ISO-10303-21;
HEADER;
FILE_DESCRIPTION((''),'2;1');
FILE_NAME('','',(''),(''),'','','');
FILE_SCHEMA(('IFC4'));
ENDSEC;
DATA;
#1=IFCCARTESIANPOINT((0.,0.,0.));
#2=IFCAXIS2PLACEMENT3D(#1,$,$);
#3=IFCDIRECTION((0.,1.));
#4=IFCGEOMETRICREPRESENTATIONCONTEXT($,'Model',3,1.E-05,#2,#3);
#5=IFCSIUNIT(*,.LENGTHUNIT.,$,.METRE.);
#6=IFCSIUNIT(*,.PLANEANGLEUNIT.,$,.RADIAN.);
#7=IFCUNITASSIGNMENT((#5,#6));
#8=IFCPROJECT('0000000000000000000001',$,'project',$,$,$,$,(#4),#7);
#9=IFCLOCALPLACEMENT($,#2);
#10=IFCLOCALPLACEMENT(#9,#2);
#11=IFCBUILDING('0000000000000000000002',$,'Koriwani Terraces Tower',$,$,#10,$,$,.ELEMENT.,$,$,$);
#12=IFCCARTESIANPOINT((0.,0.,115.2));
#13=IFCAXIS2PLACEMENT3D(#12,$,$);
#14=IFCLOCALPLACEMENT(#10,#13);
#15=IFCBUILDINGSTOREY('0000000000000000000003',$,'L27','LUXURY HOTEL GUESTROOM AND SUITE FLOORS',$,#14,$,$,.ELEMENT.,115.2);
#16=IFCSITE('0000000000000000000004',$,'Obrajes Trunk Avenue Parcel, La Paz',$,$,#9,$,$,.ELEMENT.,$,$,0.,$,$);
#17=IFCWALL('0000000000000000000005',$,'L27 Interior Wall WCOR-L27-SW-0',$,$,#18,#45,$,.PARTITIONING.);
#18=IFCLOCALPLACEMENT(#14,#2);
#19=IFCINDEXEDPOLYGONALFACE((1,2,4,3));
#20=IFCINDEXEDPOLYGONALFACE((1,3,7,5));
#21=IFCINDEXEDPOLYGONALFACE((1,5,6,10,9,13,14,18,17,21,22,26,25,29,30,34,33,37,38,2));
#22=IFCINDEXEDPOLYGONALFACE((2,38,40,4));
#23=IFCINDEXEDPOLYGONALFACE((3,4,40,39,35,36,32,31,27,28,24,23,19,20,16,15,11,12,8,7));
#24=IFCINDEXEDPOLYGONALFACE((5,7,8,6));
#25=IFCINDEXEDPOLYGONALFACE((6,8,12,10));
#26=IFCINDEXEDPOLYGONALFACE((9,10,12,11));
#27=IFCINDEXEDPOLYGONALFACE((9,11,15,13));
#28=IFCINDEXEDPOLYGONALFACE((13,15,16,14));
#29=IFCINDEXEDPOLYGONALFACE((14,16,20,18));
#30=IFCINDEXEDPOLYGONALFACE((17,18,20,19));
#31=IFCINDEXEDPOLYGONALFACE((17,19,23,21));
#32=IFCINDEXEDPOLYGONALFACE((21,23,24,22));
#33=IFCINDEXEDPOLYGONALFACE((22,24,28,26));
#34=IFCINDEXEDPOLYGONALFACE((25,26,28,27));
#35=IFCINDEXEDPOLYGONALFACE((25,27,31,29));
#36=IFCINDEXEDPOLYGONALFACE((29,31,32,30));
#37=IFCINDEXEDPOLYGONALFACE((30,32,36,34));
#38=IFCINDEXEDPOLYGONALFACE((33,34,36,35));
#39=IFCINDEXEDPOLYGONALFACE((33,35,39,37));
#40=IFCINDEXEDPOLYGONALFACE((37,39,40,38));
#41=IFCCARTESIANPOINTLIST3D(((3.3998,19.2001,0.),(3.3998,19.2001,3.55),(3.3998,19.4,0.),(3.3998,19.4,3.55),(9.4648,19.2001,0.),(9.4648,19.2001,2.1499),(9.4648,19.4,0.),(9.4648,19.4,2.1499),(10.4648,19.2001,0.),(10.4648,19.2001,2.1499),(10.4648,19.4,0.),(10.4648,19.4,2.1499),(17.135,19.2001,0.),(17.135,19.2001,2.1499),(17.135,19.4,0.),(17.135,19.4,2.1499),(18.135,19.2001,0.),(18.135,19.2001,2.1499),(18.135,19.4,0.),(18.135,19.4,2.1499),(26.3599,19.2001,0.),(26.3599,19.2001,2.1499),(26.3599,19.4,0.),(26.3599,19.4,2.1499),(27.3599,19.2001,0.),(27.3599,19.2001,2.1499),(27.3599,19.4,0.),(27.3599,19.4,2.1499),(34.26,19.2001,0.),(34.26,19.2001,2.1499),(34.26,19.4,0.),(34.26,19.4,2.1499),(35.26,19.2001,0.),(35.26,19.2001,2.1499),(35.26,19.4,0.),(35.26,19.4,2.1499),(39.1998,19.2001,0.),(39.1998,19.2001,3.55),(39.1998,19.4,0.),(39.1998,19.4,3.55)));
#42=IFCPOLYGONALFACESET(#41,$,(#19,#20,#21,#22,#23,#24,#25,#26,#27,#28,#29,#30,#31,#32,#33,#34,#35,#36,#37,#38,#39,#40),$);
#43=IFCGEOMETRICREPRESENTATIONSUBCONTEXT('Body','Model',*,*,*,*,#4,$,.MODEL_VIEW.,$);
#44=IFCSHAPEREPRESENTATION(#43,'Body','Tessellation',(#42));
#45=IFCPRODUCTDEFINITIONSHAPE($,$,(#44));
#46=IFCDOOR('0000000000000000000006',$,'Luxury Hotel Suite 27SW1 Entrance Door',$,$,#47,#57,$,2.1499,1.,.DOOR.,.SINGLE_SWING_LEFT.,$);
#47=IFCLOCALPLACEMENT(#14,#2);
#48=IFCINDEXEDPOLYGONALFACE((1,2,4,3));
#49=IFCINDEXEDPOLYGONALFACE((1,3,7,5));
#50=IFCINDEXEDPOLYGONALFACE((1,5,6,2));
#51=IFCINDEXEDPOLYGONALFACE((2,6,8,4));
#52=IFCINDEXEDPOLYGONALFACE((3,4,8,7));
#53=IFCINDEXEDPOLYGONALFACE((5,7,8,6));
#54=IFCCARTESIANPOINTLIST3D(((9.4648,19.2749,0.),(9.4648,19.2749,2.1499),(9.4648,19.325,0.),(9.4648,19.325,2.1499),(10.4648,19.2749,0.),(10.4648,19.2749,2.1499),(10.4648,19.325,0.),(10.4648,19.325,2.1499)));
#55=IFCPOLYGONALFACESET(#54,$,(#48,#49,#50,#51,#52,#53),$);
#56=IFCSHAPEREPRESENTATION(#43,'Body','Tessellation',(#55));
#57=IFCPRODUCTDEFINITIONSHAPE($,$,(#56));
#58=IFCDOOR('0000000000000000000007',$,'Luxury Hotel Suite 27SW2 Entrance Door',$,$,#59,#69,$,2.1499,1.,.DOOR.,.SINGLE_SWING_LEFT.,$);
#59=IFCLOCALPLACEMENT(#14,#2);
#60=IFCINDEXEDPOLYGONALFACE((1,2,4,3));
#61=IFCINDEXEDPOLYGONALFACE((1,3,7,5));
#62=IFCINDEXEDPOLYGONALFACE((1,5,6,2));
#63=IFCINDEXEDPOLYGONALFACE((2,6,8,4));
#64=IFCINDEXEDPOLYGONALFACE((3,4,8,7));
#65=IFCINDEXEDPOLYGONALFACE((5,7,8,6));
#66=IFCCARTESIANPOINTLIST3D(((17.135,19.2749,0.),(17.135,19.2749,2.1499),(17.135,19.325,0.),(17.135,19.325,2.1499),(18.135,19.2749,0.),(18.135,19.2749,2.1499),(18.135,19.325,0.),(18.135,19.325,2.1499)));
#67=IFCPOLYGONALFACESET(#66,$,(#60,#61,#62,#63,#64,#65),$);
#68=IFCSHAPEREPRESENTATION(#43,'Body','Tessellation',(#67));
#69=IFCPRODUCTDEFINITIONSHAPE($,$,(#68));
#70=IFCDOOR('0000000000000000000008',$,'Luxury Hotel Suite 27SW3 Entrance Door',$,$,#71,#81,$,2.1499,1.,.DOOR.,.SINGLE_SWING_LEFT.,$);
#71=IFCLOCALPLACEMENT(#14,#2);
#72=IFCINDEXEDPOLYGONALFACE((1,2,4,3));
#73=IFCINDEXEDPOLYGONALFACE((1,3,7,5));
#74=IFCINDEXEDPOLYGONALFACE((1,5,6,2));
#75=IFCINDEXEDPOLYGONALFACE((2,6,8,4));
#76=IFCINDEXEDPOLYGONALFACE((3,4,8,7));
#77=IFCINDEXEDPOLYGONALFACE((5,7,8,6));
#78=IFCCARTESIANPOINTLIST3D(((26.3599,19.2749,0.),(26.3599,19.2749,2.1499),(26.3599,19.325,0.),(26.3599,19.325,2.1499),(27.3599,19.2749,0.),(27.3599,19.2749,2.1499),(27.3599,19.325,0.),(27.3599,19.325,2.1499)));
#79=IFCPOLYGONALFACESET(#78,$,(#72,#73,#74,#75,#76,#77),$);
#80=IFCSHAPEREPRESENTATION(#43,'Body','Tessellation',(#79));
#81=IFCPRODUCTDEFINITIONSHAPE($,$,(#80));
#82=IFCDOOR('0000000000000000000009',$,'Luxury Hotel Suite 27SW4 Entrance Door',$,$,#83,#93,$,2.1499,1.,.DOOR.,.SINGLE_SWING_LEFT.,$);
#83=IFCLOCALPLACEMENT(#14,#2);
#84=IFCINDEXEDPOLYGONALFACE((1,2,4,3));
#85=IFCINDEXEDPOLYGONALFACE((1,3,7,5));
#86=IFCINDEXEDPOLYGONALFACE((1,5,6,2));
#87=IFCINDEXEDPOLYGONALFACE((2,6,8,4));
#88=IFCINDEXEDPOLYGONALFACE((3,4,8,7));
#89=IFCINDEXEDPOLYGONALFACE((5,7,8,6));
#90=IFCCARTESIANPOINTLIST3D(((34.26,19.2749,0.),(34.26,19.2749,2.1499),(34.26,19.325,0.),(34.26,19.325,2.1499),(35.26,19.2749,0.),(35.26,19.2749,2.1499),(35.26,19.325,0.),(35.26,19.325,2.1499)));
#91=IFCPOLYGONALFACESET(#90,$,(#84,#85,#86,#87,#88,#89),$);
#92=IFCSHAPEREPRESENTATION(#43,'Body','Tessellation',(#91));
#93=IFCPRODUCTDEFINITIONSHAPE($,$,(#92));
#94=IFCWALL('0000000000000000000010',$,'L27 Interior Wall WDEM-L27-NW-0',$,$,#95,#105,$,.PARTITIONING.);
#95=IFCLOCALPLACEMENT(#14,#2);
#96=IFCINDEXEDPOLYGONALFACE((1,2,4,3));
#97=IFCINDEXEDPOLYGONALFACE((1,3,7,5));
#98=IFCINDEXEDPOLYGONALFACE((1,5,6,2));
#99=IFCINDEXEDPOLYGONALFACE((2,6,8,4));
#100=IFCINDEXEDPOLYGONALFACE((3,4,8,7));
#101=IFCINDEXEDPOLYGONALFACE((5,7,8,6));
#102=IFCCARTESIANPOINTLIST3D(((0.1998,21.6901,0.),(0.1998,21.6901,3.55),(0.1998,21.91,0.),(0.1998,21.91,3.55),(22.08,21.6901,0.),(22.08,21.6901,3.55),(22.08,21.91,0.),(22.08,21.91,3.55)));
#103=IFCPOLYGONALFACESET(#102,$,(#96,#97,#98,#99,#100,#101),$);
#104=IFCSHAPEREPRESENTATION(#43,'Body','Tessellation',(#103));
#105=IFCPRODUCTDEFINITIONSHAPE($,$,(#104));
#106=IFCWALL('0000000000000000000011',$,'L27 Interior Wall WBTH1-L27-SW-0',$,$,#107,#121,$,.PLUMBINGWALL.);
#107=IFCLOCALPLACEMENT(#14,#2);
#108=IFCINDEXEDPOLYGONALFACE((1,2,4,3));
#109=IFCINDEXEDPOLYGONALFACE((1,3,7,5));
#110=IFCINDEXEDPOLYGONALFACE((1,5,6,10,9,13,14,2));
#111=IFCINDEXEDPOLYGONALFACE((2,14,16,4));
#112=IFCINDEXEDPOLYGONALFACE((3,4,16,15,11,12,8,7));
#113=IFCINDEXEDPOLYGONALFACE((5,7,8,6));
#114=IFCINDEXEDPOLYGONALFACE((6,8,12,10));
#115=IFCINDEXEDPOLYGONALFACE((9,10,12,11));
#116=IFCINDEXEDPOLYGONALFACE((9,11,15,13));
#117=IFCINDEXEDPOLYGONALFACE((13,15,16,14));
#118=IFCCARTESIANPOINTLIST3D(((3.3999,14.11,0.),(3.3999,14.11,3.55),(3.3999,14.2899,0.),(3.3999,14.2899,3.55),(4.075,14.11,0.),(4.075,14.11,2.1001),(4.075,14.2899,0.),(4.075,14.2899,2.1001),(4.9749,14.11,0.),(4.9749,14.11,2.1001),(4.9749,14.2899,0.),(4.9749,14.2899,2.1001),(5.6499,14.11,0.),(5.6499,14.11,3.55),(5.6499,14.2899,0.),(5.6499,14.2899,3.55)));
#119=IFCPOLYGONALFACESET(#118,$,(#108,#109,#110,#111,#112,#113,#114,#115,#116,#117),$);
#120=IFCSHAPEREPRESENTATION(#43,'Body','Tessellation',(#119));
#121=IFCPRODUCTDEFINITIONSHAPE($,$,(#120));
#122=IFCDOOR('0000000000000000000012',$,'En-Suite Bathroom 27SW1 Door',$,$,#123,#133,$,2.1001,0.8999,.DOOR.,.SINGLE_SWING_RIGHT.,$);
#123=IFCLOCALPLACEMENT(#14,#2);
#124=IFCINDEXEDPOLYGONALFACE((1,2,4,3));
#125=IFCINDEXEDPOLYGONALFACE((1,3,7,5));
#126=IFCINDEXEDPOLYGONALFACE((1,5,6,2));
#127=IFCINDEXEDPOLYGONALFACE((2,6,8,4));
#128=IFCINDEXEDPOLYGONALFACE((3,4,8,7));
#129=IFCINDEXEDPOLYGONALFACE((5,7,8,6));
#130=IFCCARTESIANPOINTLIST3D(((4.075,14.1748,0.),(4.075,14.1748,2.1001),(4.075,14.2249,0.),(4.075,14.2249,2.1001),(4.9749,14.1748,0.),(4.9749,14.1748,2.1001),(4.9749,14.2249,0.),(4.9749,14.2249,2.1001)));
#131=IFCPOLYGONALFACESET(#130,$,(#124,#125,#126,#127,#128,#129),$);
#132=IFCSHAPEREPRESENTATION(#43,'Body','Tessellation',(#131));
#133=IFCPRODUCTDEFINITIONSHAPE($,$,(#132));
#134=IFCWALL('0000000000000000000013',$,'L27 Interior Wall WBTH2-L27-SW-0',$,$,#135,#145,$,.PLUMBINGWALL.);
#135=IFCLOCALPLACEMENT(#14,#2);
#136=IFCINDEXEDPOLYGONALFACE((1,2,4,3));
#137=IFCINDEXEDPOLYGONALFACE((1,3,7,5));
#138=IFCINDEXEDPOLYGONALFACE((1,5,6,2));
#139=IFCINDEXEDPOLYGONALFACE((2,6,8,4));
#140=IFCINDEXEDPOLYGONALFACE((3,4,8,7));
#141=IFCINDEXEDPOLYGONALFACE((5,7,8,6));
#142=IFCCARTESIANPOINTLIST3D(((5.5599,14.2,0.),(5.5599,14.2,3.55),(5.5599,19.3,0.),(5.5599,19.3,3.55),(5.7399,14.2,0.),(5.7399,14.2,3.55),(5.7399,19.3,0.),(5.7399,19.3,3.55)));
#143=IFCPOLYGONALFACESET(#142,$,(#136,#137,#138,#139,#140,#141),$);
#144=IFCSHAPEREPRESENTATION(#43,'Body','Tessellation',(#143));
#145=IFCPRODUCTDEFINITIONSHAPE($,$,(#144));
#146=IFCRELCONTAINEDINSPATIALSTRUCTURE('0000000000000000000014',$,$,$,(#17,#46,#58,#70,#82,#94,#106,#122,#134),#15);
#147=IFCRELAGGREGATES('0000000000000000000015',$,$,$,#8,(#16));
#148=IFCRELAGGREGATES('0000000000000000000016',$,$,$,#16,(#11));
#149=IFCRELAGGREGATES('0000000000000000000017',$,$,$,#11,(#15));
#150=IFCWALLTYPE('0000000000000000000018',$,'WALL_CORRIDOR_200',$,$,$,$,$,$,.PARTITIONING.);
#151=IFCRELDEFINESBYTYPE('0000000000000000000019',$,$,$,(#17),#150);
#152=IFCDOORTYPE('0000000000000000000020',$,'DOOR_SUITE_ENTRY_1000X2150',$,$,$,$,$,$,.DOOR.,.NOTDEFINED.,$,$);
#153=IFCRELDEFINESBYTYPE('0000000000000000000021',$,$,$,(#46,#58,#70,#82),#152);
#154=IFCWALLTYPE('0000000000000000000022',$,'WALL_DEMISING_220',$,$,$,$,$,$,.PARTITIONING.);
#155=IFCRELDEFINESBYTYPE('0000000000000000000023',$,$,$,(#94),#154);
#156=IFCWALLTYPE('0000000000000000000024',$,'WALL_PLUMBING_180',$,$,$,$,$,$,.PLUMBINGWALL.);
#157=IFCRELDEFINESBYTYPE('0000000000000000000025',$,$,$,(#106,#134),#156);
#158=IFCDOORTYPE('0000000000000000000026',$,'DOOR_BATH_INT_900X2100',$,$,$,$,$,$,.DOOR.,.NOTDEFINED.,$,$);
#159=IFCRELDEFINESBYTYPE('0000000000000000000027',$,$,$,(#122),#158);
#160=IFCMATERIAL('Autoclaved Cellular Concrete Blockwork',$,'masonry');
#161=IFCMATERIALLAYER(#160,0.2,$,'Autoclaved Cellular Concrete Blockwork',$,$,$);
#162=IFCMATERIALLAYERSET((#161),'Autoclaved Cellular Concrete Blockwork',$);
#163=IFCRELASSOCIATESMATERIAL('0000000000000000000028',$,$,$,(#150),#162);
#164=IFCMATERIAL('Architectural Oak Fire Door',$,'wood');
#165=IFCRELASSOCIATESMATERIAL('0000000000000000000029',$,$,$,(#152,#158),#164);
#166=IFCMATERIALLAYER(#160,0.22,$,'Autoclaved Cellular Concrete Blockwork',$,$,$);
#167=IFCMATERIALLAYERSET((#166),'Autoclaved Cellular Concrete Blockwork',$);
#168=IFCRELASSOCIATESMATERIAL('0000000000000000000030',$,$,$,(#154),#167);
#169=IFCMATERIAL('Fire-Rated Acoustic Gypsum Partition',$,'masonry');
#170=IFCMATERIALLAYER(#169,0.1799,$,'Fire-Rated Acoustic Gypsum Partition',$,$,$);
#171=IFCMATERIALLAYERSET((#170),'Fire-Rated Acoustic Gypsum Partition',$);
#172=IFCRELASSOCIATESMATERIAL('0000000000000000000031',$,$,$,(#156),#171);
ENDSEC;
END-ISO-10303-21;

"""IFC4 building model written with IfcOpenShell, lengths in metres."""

from ifc_helpers import new_model, si_unit, direction, frame, frame_2d, origin, place, context, subcontext, project, spatial, rectangle, extrude, material, layer, layer_set, type_object, element, fill, save


model = new_model("IFC4")

# Units and contexts
model_context = context("Model", 3, precision=1e-05, world=origin(), true_north=direction((0.0, 1.0)))
body_context = subcontext(model_context, "Body", "Model", "MODEL_VIEW")
ifc_project = project(units=[si_unit("LENGTHUNIT", "METRE"), si_unit("PLANEANGLEUNIT", "RADIAN")], contexts=[model_context])

# Site, building, storey
site_placement = place(None, origin())
site = spatial("IfcSite", under=ifc_project, at=site_placement, Name="Obrajes Trunk Avenue Parcel, La Paz", CompositionType="ELEMENT", RefElevation=0.0)
building_placement = place(site_placement, origin())
building = spatial("IfcBuilding", under=site, at=building_placement, Name="Koriwani Terraces Tower", CompositionType="ELEMENT")
storey_placement = place(building_placement, frame((0.0, 0.0, 115.2)))
storey = spatial("IfcBuildingStorey", under=building, at=storey_placement, Name="L27", Description="LUXURY HOTEL GUESTROOM AND SUITE FLOORS", CompositionType="ELEMENT", Elevation=115.2)

# Wall, openings, doors
ifc_material_1 = material(Name="Autoclaved Cellular Concrete Blockwork", Category="masonry")
ifc_layer_1 = layer(ifc_material_1, 0.2, Name="Autoclaved Cellular Concrete Blockwork")
ifc_layer_set_1 = layer_set([ifc_layer_1], Name="Autoclaved Cellular Concrete Blockwork")
wall_type_1 = type_object("IfcWallType", Name="WALL_CORRIDOR_200", PredefinedType="PARTITIONING", material=ifc_layer_set_1)
wall_1_placement = place(storey_placement, frame((3.3999, 19.3, 0.0), z_axis=(0.0, 0.0, 1.0), x_axis=(1.0, 0.0, 0.0)))
wall_1 = element("IfcWall", 1, at=wall_1_placement, inside=storey, type_object=wall_type_1, Name="L27 Interior Wall WCOR-L27-SW-0", PredefinedType="PARTITIONING", context=body_context, shape_type="SweptSolid", body=[
    extrude(rectangle(XDim=35.8, YDim=0.2, at=frame_2d((17.8999, 0.0))), origin(), (0.0, 0.0, 1.0), 3.55),
])
opening_1_placement = place(wall_1_placement, frame((6.0649, 0.0, 0.0)))
opening_1 = element("IfcOpeningElement", 2, at=opening_1_placement, cuts=wall_1, PredefinedType="OPENING", context=body_context, shape_type="SweptSolid", body=[
    extrude(rectangle(XDim=1.0, YDim=2.1499, at=frame_2d((0.5, 1.075))), frame((0.0, 0.1099, 0.0), z_axis=(0.0, -1.0, 0.0), x_axis=(1.0, 0.0, 0.0)), (0.0, 0.0, 1.0), 0.22),
])
opening_2_placement = place(wall_1_placement, frame((13.7351, 0.0, 0.0)))
opening_2 = element("IfcOpeningElement", 3, at=opening_2_placement, cuts=wall_1, PredefinedType="OPENING", context=body_context, shape_type="SweptSolid", body=[
    extrude(rectangle(XDim=1.0, YDim=2.1499, at=frame_2d((0.5, 1.075))), frame((0.0, 0.1099, 0.0), z_axis=(0.0, -1.0, 0.0), x_axis=(1.0, 0.0, 0.0)), (0.0, 0.0, 1.0), 0.22),
])
opening_3_placement = place(wall_1_placement, frame((22.96, 0.0, 0.0)))
opening_3 = element("IfcOpeningElement", 4, at=opening_3_placement, cuts=wall_1, PredefinedType="OPENING", context=body_context, shape_type="SweptSolid", body=[
    extrude(rectangle(XDim=1.0, YDim=2.1499, at=frame_2d((0.5, 1.075))), frame((0.0, 0.1099, 0.0), z_axis=(0.0, -1.0, 0.0), x_axis=(1.0, 0.0, 0.0)), (0.0, 0.0, 1.0), 0.22),
])
opening_4_placement = place(wall_1_placement, frame((30.8601, 0.0, 0.0)))
opening_4 = element("IfcOpeningElement", 5, at=opening_4_placement, cuts=wall_1, PredefinedType="OPENING", context=body_context, shape_type="SweptSolid", body=[
    extrude(rectangle(XDim=1.0, YDim=2.1499, at=frame_2d((0.5, 1.075))), frame((0.0, 0.1099, 0.0), z_axis=(0.0, -1.0, 0.0), x_axis=(1.0, 0.0, 0.0)), (0.0, 0.0, 1.0), 0.22),
])
ifc_material_2 = material(Name="Architectural Oak Fire Door", Category="wood")
door_type_1 = type_object("IfcDoorType", Name="DOOR_SUITE_ENTRY_1000X2150", OperationType="NOTDEFINED", PredefinedType="DOOR", material=ifc_material_2)
door_1_placement = place(opening_1_placement, origin())
door_1 = element("IfcDoor", 6, at=door_1_placement, inside=storey, type_object=door_type_1, Name="Luxury Hotel Suite 27SW1 Entrance Door", OperationType="SINGLE_SWING_LEFT", OverallHeight=2.1499, OverallWidth=1.0, PredefinedType="DOOR", context=body_context, shape_type="SweptSolid", body=[
    extrude(rectangle(XDim=1.0, YDim=2.1499, at=frame_2d((0.5, 1.075))), frame((0.0, 0.0249, 0.0), z_axis=(0.0, -1.0, 0.0), x_axis=(1.0, 0.0, 0.0)), (0.0, 0.0, 1.0), 0.05),
])
fill(opening_1, door_1)
door_2_placement = place(opening_2_placement, origin())
door_2 = element("IfcDoor", 7, at=door_2_placement, inside=storey, type_object=door_type_1, Name="Luxury Hotel Suite 27SW2 Entrance Door", OperationType="SINGLE_SWING_LEFT", OverallHeight=2.1499, OverallWidth=1.0, PredefinedType="DOOR", context=body_context, shape_type="SweptSolid", body=[
    extrude(rectangle(XDim=1.0, YDim=2.1499, at=frame_2d((0.5, 1.075))), frame((0.0, 0.0249, 0.0), z_axis=(0.0, -1.0, 0.0), x_axis=(1.0, 0.0, 0.0)), (0.0, 0.0, 1.0), 0.05),
])
fill(opening_2, door_2)
door_3_placement = place(opening_3_placement, origin())
door_3 = element("IfcDoor", 8, at=door_3_placement, inside=storey, type_object=door_type_1, Name="Luxury Hotel Suite 27SW3 Entrance Door", OperationType="SINGLE_SWING_LEFT", OverallHeight=2.1499, OverallWidth=1.0, PredefinedType="DOOR", context=body_context, shape_type="SweptSolid", body=[
    extrude(rectangle(XDim=1.0, YDim=2.1499, at=frame_2d((0.5, 1.075))), frame((0.0, 0.0249, 0.0), z_axis=(0.0, -1.0, 0.0), x_axis=(1.0, 0.0, 0.0)), (0.0, 0.0, 1.0), 0.05),
])
fill(opening_3, door_3)
door_4_placement = place(opening_4_placement, origin())
door_4 = element("IfcDoor", 9, at=door_4_placement, inside=storey, type_object=door_type_1, Name="Luxury Hotel Suite 27SW4 Entrance Door", OperationType="SINGLE_SWING_LEFT", OverallHeight=2.1499, OverallWidth=1.0, PredefinedType="DOOR", context=body_context, shape_type="SweptSolid", body=[
    extrude(rectangle(XDim=1.0, YDim=2.1499, at=frame_2d((0.5, 1.075))), frame((0.0, 0.0249, 0.0), z_axis=(0.0, -1.0, 0.0), x_axis=(1.0, 0.0, 0.0)), (0.0, 0.0, 1.0), 0.05),
])
fill(opening_4, door_4)

# Wall
ifc_layer_2 = layer(ifc_material_1, 0.22, Name="Autoclaved Cellular Concrete Blockwork")
ifc_layer_set_2 = layer_set([ifc_layer_2], Name="Autoclaved Cellular Concrete Blockwork")
wall_type_2 = type_object("IfcWallType", Name="WALL_DEMISING_220", PredefinedType="PARTITIONING", material=ifc_layer_set_2)
wall_2_placement = place(storey_placement, frame((0.2, 21.8, 0.0), z_axis=(0.0, 0.0, 1.0), x_axis=(1.0, 0.0, 0.0)))
element("IfcWall", 10, at=wall_2_placement, inside=storey, type_object=wall_type_2, Name="L27 Interior Wall WDEM-L27-NW-0", PredefinedType="PARTITIONING", context=body_context, shape_type="SweptSolid", body=[
    extrude(rectangle(XDim=21.8801, YDim=0.22, at=frame_2d((10.9399, 0.0))), origin(), (0.0, 0.0, 1.0), 3.55),
])

# Wall, opening, door
ifc_material_3 = material(Name="Fire-Rated Acoustic Gypsum Partition", Category="masonry")
ifc_layer_3 = layer(ifc_material_3, 0.1799, Name="Fire-Rated Acoustic Gypsum Partition")
ifc_layer_set_3 = layer_set([ifc_layer_3], Name="Fire-Rated Acoustic Gypsum Partition")
wall_type_3 = type_object("IfcWallType", Name="WALL_PLUMBING_180", PredefinedType="PLUMBINGWALL", material=ifc_layer_set_3)
wall_3_placement = place(storey_placement, frame((3.3999, 14.2, 0.0), z_axis=(0.0, 0.0, 1.0), x_axis=(1.0, 0.0, 0.0)))
wall_3 = element("IfcWall", 11, at=wall_3_placement, inside=storey, type_object=wall_type_3, Name="L27 Interior Wall WBTH1-L27-SW-0", PredefinedType="PLUMBINGWALL", context=body_context, shape_type="SweptSolid", body=[
    extrude(rectangle(XDim=2.25, YDim=0.1799, at=frame_2d((1.125, 0.0))), origin(), (0.0, 0.0, 1.0), 3.55),
])
opening_5_placement = place(wall_3_placement, frame((0.675, 0.0, 0.0)))
opening_5 = element("IfcOpeningElement", 12, at=opening_5_placement, cuts=wall_3, PredefinedType="OPENING", context=body_context, shape_type="SweptSolid", body=[
    extrude(rectangle(XDim=0.8999, YDim=2.1001, at=frame_2d((0.45, 1.05))), frame((0.0, 0.1001, 0.0), z_axis=(0.0, -1.0, 0.0), x_axis=(1.0, 0.0, 0.0)), (0.0, 0.0, 1.0), 0.2),
])
door_type_2 = type_object("IfcDoorType", Name="DOOR_BATH_INT_900X2100", OperationType="NOTDEFINED", PredefinedType="DOOR", material=ifc_material_2)
door_5_placement = place(opening_5_placement, origin())
door_5 = element("IfcDoor", 13, at=door_5_placement, inside=storey, type_object=door_type_2, Name="En-Suite Bathroom 27SW1 Door", OperationType="SINGLE_SWING_RIGHT", OverallHeight=2.1001, OverallWidth=0.8999, PredefinedType="DOOR", context=body_context, shape_type="SweptSolid", body=[
    extrude(rectangle(XDim=0.8999, YDim=2.1001, at=frame_2d((0.45, 1.05))), frame((0.0, 0.0249, 0.0), z_axis=(0.0, -1.0, 0.0), x_axis=(1.0, 0.0, 0.0)), (0.0, 0.0, 1.0), 0.05),
])
fill(opening_5, door_5)

# Wall
wall_4_placement = place(storey_placement, frame((5.6499, 14.2, 0.0), z_axis=(0.0, 0.0, 1.0), x_axis=(0.0, 1.0, 0.0)))
element("IfcWall", 14, at=wall_4_placement, inside=storey, type_object=wall_type_3, Name="L27 Interior Wall WBTH2-L27-SW-0", PredefinedType="PLUMBINGWALL", context=body_context, shape_type="SweptSolid", body=[
    extrude(rectangle(XDim=5.1001, YDim=0.1799, at=frame_2d((2.55, 0.0))), origin(), (0.0, 0.0, 1.0), 3.55),
])

save(model, "model.ifc")
